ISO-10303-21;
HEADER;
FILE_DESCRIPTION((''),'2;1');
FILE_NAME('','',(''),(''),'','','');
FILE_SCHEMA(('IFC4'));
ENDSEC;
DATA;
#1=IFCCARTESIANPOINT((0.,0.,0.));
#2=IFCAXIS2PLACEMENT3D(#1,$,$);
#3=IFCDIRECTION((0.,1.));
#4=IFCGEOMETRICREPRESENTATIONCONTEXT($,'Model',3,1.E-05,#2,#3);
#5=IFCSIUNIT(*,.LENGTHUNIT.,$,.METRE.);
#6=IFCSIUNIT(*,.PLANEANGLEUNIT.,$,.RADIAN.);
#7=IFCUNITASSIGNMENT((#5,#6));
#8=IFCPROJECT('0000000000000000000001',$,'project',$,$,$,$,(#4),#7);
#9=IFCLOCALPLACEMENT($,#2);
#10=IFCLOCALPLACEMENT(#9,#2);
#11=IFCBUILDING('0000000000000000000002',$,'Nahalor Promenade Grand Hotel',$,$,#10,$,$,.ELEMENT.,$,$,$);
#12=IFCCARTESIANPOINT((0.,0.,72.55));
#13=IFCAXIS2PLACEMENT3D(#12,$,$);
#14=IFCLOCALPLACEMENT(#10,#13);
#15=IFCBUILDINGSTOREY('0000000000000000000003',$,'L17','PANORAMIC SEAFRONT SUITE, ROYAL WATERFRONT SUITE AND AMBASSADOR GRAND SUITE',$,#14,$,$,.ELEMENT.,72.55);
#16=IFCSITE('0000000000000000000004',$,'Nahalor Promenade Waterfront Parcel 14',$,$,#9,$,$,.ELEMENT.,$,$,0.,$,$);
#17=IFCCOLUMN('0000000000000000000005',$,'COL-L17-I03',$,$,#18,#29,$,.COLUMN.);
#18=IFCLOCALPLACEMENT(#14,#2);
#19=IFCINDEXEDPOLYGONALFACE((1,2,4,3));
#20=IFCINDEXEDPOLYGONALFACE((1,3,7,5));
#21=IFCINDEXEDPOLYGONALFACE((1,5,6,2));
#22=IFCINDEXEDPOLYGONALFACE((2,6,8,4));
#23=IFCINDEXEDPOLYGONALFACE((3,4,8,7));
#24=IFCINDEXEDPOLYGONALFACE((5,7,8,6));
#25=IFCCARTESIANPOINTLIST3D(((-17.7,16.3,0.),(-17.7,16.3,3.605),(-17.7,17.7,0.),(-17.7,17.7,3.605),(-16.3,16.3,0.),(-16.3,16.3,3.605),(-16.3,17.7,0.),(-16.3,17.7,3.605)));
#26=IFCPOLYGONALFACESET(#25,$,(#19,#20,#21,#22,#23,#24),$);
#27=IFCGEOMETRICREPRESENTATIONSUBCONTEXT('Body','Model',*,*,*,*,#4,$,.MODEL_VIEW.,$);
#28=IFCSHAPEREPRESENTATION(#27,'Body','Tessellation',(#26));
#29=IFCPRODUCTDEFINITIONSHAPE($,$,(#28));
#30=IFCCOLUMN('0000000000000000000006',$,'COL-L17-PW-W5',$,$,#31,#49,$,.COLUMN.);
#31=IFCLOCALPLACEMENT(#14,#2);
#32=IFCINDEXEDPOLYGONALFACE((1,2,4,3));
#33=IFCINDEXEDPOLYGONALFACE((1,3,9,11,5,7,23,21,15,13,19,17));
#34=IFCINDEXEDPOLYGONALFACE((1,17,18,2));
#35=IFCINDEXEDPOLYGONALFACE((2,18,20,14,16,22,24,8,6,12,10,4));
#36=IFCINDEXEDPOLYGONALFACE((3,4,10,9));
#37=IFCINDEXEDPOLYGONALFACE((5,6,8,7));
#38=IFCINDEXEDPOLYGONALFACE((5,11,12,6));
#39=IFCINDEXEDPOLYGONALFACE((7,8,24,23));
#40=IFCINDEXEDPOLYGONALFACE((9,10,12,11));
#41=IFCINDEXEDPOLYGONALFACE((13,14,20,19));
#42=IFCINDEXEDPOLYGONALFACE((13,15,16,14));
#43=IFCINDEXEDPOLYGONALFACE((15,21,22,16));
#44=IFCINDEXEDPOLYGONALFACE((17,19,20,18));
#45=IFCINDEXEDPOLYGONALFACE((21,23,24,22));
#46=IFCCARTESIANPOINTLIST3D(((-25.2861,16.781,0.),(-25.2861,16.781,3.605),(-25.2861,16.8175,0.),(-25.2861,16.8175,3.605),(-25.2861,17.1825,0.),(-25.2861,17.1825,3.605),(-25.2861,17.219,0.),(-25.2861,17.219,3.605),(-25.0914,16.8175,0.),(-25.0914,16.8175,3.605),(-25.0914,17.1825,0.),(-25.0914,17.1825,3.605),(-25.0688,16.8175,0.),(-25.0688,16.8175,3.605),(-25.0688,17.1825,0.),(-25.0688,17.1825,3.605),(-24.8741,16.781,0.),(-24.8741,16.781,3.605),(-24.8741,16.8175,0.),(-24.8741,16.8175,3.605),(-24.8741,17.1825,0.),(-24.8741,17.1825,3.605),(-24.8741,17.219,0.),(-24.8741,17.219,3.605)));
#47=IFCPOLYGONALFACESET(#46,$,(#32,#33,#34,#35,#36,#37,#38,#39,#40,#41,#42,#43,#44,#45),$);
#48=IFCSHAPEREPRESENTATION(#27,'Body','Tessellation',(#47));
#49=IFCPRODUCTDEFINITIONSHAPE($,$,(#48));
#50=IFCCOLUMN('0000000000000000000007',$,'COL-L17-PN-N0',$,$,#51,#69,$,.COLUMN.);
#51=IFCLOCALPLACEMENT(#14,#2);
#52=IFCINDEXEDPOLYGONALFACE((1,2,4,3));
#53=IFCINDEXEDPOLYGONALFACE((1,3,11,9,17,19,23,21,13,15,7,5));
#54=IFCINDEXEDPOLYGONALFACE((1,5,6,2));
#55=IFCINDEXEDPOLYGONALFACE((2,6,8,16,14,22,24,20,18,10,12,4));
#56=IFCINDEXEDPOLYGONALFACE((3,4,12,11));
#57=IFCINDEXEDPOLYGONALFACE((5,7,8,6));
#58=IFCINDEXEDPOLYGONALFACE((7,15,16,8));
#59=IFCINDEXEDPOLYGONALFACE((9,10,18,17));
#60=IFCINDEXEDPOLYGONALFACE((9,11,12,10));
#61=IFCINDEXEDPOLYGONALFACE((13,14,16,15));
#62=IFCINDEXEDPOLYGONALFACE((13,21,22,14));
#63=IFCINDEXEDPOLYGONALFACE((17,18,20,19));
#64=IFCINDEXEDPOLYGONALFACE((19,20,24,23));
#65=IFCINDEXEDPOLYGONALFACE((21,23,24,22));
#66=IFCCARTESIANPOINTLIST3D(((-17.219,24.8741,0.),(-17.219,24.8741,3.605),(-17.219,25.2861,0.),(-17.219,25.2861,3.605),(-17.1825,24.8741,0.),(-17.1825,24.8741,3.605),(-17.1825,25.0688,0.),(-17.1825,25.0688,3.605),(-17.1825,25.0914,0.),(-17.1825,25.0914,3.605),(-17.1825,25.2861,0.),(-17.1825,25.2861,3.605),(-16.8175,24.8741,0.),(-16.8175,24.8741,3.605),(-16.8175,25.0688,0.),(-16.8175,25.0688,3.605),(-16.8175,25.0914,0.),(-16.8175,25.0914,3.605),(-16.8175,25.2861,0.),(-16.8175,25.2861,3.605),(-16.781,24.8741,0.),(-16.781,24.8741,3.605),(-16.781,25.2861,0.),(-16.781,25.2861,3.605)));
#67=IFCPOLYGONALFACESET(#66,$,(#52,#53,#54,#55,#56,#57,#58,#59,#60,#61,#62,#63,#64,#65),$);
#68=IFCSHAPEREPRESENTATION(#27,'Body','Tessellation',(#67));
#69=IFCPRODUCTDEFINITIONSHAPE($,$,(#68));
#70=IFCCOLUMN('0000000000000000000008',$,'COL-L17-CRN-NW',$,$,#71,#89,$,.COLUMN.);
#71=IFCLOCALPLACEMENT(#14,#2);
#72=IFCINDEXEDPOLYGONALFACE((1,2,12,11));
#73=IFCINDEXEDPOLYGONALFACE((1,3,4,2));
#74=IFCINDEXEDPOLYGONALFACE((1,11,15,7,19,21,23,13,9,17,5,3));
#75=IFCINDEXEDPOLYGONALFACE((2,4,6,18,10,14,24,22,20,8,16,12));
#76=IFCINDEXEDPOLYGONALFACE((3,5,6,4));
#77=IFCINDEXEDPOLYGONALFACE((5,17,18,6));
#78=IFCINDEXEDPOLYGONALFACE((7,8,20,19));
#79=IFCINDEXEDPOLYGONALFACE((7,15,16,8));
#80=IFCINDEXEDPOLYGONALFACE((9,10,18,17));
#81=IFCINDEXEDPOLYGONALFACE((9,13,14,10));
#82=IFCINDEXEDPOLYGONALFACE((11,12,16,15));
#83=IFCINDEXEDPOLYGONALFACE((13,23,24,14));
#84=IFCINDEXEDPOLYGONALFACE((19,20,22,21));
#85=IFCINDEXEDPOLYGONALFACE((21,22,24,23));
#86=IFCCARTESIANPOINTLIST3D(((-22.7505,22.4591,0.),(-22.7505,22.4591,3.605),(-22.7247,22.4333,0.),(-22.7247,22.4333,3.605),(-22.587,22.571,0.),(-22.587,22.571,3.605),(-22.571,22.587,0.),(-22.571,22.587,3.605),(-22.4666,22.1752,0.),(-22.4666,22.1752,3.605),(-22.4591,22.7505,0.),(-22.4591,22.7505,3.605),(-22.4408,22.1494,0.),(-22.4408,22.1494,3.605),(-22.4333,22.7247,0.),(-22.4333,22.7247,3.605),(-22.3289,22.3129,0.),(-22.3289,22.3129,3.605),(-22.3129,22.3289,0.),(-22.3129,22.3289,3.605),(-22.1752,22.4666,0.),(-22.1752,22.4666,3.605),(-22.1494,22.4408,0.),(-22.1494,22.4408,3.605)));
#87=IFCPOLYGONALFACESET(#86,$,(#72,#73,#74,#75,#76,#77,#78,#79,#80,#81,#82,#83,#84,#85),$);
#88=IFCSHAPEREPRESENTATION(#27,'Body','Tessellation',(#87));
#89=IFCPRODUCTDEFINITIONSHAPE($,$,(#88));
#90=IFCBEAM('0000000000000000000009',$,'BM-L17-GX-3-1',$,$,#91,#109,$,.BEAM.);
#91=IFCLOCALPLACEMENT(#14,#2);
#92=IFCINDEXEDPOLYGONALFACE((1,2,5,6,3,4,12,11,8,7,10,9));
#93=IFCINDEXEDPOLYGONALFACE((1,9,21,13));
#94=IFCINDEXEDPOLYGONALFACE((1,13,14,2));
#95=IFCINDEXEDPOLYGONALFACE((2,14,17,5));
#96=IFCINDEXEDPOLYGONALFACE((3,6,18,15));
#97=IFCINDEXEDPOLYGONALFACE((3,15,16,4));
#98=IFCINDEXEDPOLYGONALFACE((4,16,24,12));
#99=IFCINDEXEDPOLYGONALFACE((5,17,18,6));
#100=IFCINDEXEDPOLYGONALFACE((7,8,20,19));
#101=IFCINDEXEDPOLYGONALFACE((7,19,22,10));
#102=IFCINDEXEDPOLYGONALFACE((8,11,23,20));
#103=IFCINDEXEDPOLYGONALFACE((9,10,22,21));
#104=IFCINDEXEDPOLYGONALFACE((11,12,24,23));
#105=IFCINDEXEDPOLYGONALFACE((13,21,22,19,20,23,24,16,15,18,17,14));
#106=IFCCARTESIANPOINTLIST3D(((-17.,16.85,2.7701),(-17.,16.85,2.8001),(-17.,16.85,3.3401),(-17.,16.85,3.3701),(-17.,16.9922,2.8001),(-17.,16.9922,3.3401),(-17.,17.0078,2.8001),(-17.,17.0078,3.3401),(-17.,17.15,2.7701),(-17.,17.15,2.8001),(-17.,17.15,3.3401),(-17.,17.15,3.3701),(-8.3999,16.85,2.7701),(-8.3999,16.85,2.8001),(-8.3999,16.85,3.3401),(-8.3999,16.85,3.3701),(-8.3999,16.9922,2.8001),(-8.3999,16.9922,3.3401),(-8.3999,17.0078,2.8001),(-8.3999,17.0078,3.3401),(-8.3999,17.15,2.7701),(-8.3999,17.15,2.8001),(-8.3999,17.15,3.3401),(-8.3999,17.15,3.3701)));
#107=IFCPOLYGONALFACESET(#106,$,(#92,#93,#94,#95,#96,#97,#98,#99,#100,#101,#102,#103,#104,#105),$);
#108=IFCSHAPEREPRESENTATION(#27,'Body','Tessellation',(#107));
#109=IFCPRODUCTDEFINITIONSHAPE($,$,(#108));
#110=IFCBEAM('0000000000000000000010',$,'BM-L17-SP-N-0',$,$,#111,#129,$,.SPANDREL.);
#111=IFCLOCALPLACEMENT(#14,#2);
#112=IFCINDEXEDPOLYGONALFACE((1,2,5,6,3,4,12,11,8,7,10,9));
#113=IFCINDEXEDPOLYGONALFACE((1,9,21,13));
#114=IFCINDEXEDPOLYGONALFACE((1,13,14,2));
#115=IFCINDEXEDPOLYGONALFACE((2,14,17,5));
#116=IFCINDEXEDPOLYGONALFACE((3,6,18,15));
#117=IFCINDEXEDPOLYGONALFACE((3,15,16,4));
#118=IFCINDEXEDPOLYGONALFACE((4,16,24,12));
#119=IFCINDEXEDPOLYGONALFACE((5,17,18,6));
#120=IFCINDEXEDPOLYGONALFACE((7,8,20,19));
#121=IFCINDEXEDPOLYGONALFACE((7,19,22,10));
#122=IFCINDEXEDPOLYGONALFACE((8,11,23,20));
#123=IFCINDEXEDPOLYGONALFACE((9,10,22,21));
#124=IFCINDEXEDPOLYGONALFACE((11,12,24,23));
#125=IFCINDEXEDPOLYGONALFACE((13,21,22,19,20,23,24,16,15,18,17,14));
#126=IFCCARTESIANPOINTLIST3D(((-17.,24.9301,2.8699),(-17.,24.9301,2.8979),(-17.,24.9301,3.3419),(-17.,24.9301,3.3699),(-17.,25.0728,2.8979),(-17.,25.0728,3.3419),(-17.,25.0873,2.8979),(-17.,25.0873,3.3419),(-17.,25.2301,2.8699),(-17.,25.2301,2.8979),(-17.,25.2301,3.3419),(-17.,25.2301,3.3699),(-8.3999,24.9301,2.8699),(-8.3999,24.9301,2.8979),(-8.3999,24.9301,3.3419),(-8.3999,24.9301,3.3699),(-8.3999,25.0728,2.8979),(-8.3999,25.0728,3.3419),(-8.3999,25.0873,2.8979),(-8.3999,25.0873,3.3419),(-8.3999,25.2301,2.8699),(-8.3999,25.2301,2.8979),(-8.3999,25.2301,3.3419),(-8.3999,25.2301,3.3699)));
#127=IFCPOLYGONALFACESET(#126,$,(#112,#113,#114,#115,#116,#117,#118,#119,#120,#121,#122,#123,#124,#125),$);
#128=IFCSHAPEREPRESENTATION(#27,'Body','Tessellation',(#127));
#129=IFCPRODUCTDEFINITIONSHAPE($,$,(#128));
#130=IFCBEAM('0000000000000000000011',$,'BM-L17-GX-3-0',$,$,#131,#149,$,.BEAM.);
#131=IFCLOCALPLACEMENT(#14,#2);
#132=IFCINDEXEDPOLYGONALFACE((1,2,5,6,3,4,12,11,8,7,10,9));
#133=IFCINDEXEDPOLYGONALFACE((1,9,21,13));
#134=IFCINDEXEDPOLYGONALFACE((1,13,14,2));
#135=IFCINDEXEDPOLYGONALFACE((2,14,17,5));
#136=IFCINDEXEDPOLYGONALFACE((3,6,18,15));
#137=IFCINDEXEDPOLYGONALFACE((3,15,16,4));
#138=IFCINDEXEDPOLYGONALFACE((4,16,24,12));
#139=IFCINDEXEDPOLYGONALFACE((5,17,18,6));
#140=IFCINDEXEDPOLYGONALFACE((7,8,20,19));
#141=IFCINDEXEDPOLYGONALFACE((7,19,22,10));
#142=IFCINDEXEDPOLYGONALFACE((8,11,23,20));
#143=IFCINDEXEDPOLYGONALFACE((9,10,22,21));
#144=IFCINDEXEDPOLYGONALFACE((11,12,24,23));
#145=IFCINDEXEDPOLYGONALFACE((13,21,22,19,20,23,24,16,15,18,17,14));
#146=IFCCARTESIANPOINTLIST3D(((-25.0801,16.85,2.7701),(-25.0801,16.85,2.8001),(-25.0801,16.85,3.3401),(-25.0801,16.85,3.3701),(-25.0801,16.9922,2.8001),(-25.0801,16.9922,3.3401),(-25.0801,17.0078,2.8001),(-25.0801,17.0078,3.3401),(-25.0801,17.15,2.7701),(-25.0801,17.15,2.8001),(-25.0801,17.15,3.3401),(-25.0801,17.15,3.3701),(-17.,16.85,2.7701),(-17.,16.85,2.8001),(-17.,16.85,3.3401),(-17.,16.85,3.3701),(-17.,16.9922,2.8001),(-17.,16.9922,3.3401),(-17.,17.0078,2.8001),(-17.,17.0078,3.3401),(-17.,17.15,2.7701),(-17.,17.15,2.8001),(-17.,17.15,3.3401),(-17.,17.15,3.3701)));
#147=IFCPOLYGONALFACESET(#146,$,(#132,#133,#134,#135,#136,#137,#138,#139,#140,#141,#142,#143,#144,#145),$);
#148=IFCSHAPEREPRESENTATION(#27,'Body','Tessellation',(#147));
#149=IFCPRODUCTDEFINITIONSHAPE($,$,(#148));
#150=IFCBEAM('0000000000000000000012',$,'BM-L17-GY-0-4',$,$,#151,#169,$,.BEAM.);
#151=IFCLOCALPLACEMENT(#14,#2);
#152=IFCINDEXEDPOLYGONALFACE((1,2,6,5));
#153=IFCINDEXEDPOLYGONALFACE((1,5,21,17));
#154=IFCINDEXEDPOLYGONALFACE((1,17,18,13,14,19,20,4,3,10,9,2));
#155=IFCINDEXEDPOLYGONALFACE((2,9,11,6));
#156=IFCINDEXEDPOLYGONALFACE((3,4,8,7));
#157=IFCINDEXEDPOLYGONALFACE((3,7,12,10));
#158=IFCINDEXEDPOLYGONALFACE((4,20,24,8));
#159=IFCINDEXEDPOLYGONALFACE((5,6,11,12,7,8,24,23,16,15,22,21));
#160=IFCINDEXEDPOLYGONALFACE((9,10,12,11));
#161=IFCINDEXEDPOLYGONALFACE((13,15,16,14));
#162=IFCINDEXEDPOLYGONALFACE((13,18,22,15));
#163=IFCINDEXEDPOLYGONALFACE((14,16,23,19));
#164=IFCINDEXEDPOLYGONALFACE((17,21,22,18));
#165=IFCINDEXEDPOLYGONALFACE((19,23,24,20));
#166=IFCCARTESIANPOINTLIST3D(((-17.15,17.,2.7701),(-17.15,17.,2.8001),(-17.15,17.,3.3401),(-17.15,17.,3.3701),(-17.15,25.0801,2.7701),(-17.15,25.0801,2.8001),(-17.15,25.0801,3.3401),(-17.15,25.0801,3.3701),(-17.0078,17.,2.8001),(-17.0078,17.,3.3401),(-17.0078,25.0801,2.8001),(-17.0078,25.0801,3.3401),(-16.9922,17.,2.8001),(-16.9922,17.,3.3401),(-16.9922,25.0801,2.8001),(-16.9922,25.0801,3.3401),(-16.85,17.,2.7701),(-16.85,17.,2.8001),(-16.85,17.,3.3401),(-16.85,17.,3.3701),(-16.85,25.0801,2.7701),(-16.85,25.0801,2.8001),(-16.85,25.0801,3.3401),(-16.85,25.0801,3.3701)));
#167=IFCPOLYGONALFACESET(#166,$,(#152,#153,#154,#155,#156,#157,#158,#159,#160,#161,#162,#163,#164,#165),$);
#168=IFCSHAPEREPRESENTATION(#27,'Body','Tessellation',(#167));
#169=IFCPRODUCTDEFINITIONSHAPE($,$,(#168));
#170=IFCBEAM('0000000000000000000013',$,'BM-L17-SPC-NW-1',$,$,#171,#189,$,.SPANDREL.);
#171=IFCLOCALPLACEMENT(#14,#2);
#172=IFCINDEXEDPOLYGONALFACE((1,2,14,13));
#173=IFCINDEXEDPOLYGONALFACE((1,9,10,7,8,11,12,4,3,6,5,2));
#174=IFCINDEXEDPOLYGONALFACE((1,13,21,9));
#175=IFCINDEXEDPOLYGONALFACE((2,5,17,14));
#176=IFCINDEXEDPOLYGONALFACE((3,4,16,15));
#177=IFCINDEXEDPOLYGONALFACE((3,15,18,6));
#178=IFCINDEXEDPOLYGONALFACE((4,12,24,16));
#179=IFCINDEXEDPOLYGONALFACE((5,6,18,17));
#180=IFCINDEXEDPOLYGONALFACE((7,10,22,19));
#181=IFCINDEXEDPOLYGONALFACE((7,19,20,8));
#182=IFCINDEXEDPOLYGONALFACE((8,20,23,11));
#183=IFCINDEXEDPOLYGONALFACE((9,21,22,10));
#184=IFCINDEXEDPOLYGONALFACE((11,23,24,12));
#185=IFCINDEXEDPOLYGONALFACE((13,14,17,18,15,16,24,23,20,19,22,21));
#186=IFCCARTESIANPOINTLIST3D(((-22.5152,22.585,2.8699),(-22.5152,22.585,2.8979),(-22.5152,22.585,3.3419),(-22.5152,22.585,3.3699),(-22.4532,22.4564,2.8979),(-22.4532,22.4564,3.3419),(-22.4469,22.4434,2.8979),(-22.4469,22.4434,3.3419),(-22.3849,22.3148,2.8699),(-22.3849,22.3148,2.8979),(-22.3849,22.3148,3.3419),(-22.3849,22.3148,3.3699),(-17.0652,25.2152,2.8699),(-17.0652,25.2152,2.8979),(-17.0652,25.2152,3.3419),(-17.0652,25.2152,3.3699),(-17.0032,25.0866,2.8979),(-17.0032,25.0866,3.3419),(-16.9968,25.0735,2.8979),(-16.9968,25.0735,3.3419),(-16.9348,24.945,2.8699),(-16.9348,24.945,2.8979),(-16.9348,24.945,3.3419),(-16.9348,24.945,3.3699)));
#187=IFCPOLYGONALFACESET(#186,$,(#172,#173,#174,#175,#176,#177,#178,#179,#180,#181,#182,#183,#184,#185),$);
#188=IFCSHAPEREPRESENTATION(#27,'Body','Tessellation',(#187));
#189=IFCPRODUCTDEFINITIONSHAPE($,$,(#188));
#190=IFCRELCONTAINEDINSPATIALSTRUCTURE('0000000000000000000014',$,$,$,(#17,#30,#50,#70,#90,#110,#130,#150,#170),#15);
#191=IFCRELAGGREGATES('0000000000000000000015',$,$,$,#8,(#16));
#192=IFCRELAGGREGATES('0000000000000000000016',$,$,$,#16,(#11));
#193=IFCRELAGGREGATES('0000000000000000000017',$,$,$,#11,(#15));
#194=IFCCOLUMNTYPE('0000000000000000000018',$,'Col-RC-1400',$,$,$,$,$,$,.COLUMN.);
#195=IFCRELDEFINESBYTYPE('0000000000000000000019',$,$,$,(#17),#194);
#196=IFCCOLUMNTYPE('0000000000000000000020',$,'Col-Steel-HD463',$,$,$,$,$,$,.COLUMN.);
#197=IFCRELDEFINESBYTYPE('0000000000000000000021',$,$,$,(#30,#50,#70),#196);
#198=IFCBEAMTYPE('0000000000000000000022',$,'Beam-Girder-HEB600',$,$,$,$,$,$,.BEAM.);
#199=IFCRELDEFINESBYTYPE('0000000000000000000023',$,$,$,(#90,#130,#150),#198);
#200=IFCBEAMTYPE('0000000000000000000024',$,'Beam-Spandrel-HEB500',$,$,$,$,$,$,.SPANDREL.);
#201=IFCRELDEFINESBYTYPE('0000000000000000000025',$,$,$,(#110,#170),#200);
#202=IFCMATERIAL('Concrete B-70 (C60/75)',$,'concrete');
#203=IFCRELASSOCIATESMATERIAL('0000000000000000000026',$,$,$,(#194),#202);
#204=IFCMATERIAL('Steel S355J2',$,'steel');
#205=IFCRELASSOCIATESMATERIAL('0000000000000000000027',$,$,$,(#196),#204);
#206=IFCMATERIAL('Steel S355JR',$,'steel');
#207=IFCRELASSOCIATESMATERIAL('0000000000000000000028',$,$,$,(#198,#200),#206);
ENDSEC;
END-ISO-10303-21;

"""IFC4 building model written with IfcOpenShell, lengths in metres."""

from ifc_helpers import new_model, si_unit, direction, frame, origin, origin_2d, place, context, subcontext, project, spatial, rectangle, i_section, extrude, source, transform, mapped, material, material_profile, profile_set, type_object, element, save


model = new_model("IFC4")

# Units and contexts
model_context = context("Model", 3, precision=1e-05, world=origin(), true_north=direction((0.0, 1.0)))
body_context = subcontext(model_context, "Body", "Model", "MODEL_VIEW")
ifc_project = project(units=[si_unit("LENGTHUNIT", "METRE"), si_unit("PLANEANGLEUNIT", "RADIAN")], contexts=[model_context])

# Site, building, storey
site_placement = place(None, origin())
site = spatial("IfcSite", under=ifc_project, at=site_placement, Name="Nahalor Promenade Waterfront Parcel 14", CompositionType="ELEMENT", RefElevation=0.0)
building_placement = place(site_placement, origin())
building = spatial("IfcBuilding", under=site, at=building_placement, Name="Nahalor Promenade Grand Hotel", CompositionType="ELEMENT")
storey_placement = place(building_placement, frame((0.0, 0.0, 72.55)))
storey = spatial("IfcBuildingStorey", under=building, at=storey_placement, Name="L17", Description="PANORAMIC SEAFRONT SUITE, ROYAL WATERFRONT SUITE AND AMBASSADOR GRAND SUITE", CompositionType="ELEMENT", Elevation=72.55)

# Columns
ifc_material_1 = material(Name="Concrete B-70 (C60/75)", Category="concrete")
ifc_material_profile_1 = material_profile(ifc_material_1, rectangle(XDim=1.4, YDim=1.4, at=origin_2d()), Name="RC 1400x1400")
ifc_profile_set_1 = profile_set([ifc_material_profile_1], Name="Concrete B-70 (C60/75)")
column_type_1 = type_object("IfcColumnType", Name="Col-RC-1400", PredefinedType="COLUMN", material=ifc_profile_set_1)
shared_shape_1 = source(origin(), body_context, "Body", "SweptSolid", [
    extrude(rectangle(XDim=1.4, YDim=1.4, at=origin_2d()), origin(), (0.0, 0.0, 1.0), 3.605),
])
column_placement = place(storey_placement, frame((-17.0, 17.0, 0.0), z_axis=(0.0, 0.0, 1.0), x_axis=(1.0, 0.0, 0.0)))
element("IfcColumn", 1, at=column_placement, inside=storey, type_object=column_type_1, Name="COL-L17-I03", PredefinedType="COLUMN", context=body_context, shape_type="MappedRepresentation", body=[
    mapped(shared_shape_1, transform((0.0, 0.0, 0.0), scale=1.0)),
])
ifc_material_2 = material(Name="Steel S355J2", Category="steel")
ifc_material_profile_2 = material_profile(ifc_material_2, i_section(OverallWidth=0.412, OverallDepth=0.438, WebThickness=0.0226, FlangeThickness=0.0365, at=origin_2d()), Name="HD 400x463")
ifc_profile_set_2 = profile_set([ifc_material_profile_2], Name="Steel S355J2")
column_type_2 = type_object("IfcColumnType", Name="Col-Steel-HD463", PredefinedType="COLUMN", material=ifc_profile_set_2)
shared_shape_2 = source(origin(), body_context, "Body", "SweptSolid", [
    extrude(i_section(OverallWidth=0.412, OverallDepth=0.438, WebThickness=0.0226, FlangeThickness=0.0365, at=origin_2d()), origin(), (0.0, 0.0, 1.0), 3.605),
])
for number, where, z_axis, x_axis, name in (
    (2, (-25.0801, 17.0, 0.0), (0.0, 0.0, 1.0), (1.0, 0.0, 0.0), "COL-L17-PW-W5"),
    (3, (-17.0, 25.0801, 0.0), (0.0, 0.0, 1.0), (0.0, 1.0, 0.0), "COL-L17-PN-N0"),
    (4, (-22.45, 22.45, 0.0), (0.0, 0.0, 1.0), (0.707107, 0.707107, 0.0), "COL-L17-CRN-NW"),
):
    element("IfcColumn", number, at=place(storey_placement, frame(where, z_axis=z_axis, x_axis=x_axis)), inside=storey, type_object=column_type_2, Name=name, PredefinedType="COLUMN", context=body_context, shape_type="MappedRepresentation", body=[
        mapped(shared_shape_2, transform((0.0, 0.0, 0.0), scale=1.0)),
    ])

# Beams
ifc_material_3 = material(Name="Steel S355JR", Category="steel")
ifc_material_profile_3 = material_profile(ifc_material_3, i_section(OverallWidth=0.3, OverallDepth=0.6, WebThickness=0.0155, FlangeThickness=0.03, at=origin_2d()), Name="HEB 600")
ifc_profile_set_3 = profile_set([ifc_material_profile_3], Name="Steel S355JR")
beam_type_1 = type_object("IfcBeamType", Name="Beam-Girder-HEB600", PredefinedType="BEAM", material=ifc_profile_set_3)
shared_shape_3 = source(origin(), body_context, "Body", "SweptSolid", [
    extrude(i_section(OverallWidth=0.3, OverallDepth=0.6, WebThickness=0.0155, FlangeThickness=0.03, at=origin_2d()), origin(), (0.0, 0.0, 1.0), 8.6001),
])
beam_1_placement = place(storey_placement, frame((-17.0, 17.0, 3.0701), z_axis=(1.0, 0.0, 0.0), x_axis=(0.0, 1.0, 0.0)))
element("IfcBeam", 5, at=beam_1_placement, inside=storey, type_object=beam_type_1, Name="BM-L17-GX-3-1", PredefinedType="BEAM", context=body_context, shape_type="MappedRepresentation", body=[
    mapped(shared_shape_3, transform((0.0, 0.0, 0.0), scale=1.0)),
])
ifc_material_profile_4 = material_profile(ifc_material_3, i_section(OverallWidth=0.3, OverallDepth=0.5, WebThickness=0.0145, FlangeThickness=0.028, at=origin_2d()), Name="HEB 500")
ifc_profile_set_4 = profile_set([ifc_material_profile_4], Name="Steel S355JR")
beam_type_2 = type_object("IfcBeamType", Name="Beam-Spandrel-HEB500", PredefinedType="SPANDREL", material=ifc_profile_set_4)
shared_shape_4 = source(origin(), body_context, "Body", "SweptSolid", [
    extrude(i_section(OverallWidth=0.3, OverallDepth=0.5, WebThickness=0.0145, FlangeThickness=0.028, at=origin_2d()), origin(), (0.0, 0.0, 1.0), 8.6001),
])
beam_2_placement = place(storey_placement, frame((-17.0, 25.0801, 3.1199), z_axis=(1.0, 0.0, 0.0), x_axis=(0.0, 1.0, 0.0)))
element("IfcBeam", 6, at=beam_2_placement, inside=storey, type_object=beam_type_2, Name="BM-L17-SP-N-0", PredefinedType="SPANDREL", context=body_context, shape_type="MappedRepresentation", body=[
    mapped(shared_shape_4, transform((0.0, 0.0, 0.0), scale=1.0)),
])
shared_shape_5 = source(origin(), body_context, "Body", "SweptSolid", [
    extrude(i_section(OverallWidth=0.3, OverallDepth=0.6, WebThickness=0.0155, FlangeThickness=0.03, at=origin_2d()), origin(), (0.0, 0.0, 1.0), 8.0801),
])
for number, where, z_axis, x_axis, name in (
    (7, (-25.0801, 17.0, 3.0701), (1.0, 0.0, 0.0), (0.0, 1.0, 0.0), "BM-L17-GX-3-0"),
    (8, (-17.0, 17.0, 3.0701), (0.0, 1.0, 0.0), (-1.0, 0.0, 0.0), "BM-L17-GY-0-4"),
):
    element("IfcBeam", number, at=place(storey_placement, frame(where, z_axis=z_axis, x_axis=x_axis)), inside=storey, type_object=beam_type_1, Name=name, PredefinedType="BEAM", context=body_context, shape_type="MappedRepresentation", body=[
        mapped(shared_shape_5, transform((0.0, 0.0, 0.0), scale=1.0)),
    ])
shared_shape_6 = source(origin(), body_context, "Body", "SweptSolid", [
    extrude(i_section(OverallWidth=0.3, OverallDepth=0.5, WebThickness=0.0145, FlangeThickness=0.028, at=origin_2d()), origin(), (0.0, 0.0, 1.0), 6.0515),
])
for number, where, z_axis, x_axis, name in (
    (9, (-17.0, 25.0801, 3.1199), (-0.900609, -0.434631, 0.0), (0.434631, -0.900609, 0.0), "BM-L17-SPC-NW-1"),
):
    element("IfcBeam", number, at=place(storey_placement, frame(where, z_axis=z_axis, x_axis=x_axis)), inside=storey, type_object=beam_type_2, Name=name, PredefinedType="SPANDREL", context=body_context, shape_type="MappedRepresentation", body=[
        mapped(shared_shape_6, transform((0.0, 0.0, 0.0), scale=1.0)),
    ])

save(model, "model.ifc")
